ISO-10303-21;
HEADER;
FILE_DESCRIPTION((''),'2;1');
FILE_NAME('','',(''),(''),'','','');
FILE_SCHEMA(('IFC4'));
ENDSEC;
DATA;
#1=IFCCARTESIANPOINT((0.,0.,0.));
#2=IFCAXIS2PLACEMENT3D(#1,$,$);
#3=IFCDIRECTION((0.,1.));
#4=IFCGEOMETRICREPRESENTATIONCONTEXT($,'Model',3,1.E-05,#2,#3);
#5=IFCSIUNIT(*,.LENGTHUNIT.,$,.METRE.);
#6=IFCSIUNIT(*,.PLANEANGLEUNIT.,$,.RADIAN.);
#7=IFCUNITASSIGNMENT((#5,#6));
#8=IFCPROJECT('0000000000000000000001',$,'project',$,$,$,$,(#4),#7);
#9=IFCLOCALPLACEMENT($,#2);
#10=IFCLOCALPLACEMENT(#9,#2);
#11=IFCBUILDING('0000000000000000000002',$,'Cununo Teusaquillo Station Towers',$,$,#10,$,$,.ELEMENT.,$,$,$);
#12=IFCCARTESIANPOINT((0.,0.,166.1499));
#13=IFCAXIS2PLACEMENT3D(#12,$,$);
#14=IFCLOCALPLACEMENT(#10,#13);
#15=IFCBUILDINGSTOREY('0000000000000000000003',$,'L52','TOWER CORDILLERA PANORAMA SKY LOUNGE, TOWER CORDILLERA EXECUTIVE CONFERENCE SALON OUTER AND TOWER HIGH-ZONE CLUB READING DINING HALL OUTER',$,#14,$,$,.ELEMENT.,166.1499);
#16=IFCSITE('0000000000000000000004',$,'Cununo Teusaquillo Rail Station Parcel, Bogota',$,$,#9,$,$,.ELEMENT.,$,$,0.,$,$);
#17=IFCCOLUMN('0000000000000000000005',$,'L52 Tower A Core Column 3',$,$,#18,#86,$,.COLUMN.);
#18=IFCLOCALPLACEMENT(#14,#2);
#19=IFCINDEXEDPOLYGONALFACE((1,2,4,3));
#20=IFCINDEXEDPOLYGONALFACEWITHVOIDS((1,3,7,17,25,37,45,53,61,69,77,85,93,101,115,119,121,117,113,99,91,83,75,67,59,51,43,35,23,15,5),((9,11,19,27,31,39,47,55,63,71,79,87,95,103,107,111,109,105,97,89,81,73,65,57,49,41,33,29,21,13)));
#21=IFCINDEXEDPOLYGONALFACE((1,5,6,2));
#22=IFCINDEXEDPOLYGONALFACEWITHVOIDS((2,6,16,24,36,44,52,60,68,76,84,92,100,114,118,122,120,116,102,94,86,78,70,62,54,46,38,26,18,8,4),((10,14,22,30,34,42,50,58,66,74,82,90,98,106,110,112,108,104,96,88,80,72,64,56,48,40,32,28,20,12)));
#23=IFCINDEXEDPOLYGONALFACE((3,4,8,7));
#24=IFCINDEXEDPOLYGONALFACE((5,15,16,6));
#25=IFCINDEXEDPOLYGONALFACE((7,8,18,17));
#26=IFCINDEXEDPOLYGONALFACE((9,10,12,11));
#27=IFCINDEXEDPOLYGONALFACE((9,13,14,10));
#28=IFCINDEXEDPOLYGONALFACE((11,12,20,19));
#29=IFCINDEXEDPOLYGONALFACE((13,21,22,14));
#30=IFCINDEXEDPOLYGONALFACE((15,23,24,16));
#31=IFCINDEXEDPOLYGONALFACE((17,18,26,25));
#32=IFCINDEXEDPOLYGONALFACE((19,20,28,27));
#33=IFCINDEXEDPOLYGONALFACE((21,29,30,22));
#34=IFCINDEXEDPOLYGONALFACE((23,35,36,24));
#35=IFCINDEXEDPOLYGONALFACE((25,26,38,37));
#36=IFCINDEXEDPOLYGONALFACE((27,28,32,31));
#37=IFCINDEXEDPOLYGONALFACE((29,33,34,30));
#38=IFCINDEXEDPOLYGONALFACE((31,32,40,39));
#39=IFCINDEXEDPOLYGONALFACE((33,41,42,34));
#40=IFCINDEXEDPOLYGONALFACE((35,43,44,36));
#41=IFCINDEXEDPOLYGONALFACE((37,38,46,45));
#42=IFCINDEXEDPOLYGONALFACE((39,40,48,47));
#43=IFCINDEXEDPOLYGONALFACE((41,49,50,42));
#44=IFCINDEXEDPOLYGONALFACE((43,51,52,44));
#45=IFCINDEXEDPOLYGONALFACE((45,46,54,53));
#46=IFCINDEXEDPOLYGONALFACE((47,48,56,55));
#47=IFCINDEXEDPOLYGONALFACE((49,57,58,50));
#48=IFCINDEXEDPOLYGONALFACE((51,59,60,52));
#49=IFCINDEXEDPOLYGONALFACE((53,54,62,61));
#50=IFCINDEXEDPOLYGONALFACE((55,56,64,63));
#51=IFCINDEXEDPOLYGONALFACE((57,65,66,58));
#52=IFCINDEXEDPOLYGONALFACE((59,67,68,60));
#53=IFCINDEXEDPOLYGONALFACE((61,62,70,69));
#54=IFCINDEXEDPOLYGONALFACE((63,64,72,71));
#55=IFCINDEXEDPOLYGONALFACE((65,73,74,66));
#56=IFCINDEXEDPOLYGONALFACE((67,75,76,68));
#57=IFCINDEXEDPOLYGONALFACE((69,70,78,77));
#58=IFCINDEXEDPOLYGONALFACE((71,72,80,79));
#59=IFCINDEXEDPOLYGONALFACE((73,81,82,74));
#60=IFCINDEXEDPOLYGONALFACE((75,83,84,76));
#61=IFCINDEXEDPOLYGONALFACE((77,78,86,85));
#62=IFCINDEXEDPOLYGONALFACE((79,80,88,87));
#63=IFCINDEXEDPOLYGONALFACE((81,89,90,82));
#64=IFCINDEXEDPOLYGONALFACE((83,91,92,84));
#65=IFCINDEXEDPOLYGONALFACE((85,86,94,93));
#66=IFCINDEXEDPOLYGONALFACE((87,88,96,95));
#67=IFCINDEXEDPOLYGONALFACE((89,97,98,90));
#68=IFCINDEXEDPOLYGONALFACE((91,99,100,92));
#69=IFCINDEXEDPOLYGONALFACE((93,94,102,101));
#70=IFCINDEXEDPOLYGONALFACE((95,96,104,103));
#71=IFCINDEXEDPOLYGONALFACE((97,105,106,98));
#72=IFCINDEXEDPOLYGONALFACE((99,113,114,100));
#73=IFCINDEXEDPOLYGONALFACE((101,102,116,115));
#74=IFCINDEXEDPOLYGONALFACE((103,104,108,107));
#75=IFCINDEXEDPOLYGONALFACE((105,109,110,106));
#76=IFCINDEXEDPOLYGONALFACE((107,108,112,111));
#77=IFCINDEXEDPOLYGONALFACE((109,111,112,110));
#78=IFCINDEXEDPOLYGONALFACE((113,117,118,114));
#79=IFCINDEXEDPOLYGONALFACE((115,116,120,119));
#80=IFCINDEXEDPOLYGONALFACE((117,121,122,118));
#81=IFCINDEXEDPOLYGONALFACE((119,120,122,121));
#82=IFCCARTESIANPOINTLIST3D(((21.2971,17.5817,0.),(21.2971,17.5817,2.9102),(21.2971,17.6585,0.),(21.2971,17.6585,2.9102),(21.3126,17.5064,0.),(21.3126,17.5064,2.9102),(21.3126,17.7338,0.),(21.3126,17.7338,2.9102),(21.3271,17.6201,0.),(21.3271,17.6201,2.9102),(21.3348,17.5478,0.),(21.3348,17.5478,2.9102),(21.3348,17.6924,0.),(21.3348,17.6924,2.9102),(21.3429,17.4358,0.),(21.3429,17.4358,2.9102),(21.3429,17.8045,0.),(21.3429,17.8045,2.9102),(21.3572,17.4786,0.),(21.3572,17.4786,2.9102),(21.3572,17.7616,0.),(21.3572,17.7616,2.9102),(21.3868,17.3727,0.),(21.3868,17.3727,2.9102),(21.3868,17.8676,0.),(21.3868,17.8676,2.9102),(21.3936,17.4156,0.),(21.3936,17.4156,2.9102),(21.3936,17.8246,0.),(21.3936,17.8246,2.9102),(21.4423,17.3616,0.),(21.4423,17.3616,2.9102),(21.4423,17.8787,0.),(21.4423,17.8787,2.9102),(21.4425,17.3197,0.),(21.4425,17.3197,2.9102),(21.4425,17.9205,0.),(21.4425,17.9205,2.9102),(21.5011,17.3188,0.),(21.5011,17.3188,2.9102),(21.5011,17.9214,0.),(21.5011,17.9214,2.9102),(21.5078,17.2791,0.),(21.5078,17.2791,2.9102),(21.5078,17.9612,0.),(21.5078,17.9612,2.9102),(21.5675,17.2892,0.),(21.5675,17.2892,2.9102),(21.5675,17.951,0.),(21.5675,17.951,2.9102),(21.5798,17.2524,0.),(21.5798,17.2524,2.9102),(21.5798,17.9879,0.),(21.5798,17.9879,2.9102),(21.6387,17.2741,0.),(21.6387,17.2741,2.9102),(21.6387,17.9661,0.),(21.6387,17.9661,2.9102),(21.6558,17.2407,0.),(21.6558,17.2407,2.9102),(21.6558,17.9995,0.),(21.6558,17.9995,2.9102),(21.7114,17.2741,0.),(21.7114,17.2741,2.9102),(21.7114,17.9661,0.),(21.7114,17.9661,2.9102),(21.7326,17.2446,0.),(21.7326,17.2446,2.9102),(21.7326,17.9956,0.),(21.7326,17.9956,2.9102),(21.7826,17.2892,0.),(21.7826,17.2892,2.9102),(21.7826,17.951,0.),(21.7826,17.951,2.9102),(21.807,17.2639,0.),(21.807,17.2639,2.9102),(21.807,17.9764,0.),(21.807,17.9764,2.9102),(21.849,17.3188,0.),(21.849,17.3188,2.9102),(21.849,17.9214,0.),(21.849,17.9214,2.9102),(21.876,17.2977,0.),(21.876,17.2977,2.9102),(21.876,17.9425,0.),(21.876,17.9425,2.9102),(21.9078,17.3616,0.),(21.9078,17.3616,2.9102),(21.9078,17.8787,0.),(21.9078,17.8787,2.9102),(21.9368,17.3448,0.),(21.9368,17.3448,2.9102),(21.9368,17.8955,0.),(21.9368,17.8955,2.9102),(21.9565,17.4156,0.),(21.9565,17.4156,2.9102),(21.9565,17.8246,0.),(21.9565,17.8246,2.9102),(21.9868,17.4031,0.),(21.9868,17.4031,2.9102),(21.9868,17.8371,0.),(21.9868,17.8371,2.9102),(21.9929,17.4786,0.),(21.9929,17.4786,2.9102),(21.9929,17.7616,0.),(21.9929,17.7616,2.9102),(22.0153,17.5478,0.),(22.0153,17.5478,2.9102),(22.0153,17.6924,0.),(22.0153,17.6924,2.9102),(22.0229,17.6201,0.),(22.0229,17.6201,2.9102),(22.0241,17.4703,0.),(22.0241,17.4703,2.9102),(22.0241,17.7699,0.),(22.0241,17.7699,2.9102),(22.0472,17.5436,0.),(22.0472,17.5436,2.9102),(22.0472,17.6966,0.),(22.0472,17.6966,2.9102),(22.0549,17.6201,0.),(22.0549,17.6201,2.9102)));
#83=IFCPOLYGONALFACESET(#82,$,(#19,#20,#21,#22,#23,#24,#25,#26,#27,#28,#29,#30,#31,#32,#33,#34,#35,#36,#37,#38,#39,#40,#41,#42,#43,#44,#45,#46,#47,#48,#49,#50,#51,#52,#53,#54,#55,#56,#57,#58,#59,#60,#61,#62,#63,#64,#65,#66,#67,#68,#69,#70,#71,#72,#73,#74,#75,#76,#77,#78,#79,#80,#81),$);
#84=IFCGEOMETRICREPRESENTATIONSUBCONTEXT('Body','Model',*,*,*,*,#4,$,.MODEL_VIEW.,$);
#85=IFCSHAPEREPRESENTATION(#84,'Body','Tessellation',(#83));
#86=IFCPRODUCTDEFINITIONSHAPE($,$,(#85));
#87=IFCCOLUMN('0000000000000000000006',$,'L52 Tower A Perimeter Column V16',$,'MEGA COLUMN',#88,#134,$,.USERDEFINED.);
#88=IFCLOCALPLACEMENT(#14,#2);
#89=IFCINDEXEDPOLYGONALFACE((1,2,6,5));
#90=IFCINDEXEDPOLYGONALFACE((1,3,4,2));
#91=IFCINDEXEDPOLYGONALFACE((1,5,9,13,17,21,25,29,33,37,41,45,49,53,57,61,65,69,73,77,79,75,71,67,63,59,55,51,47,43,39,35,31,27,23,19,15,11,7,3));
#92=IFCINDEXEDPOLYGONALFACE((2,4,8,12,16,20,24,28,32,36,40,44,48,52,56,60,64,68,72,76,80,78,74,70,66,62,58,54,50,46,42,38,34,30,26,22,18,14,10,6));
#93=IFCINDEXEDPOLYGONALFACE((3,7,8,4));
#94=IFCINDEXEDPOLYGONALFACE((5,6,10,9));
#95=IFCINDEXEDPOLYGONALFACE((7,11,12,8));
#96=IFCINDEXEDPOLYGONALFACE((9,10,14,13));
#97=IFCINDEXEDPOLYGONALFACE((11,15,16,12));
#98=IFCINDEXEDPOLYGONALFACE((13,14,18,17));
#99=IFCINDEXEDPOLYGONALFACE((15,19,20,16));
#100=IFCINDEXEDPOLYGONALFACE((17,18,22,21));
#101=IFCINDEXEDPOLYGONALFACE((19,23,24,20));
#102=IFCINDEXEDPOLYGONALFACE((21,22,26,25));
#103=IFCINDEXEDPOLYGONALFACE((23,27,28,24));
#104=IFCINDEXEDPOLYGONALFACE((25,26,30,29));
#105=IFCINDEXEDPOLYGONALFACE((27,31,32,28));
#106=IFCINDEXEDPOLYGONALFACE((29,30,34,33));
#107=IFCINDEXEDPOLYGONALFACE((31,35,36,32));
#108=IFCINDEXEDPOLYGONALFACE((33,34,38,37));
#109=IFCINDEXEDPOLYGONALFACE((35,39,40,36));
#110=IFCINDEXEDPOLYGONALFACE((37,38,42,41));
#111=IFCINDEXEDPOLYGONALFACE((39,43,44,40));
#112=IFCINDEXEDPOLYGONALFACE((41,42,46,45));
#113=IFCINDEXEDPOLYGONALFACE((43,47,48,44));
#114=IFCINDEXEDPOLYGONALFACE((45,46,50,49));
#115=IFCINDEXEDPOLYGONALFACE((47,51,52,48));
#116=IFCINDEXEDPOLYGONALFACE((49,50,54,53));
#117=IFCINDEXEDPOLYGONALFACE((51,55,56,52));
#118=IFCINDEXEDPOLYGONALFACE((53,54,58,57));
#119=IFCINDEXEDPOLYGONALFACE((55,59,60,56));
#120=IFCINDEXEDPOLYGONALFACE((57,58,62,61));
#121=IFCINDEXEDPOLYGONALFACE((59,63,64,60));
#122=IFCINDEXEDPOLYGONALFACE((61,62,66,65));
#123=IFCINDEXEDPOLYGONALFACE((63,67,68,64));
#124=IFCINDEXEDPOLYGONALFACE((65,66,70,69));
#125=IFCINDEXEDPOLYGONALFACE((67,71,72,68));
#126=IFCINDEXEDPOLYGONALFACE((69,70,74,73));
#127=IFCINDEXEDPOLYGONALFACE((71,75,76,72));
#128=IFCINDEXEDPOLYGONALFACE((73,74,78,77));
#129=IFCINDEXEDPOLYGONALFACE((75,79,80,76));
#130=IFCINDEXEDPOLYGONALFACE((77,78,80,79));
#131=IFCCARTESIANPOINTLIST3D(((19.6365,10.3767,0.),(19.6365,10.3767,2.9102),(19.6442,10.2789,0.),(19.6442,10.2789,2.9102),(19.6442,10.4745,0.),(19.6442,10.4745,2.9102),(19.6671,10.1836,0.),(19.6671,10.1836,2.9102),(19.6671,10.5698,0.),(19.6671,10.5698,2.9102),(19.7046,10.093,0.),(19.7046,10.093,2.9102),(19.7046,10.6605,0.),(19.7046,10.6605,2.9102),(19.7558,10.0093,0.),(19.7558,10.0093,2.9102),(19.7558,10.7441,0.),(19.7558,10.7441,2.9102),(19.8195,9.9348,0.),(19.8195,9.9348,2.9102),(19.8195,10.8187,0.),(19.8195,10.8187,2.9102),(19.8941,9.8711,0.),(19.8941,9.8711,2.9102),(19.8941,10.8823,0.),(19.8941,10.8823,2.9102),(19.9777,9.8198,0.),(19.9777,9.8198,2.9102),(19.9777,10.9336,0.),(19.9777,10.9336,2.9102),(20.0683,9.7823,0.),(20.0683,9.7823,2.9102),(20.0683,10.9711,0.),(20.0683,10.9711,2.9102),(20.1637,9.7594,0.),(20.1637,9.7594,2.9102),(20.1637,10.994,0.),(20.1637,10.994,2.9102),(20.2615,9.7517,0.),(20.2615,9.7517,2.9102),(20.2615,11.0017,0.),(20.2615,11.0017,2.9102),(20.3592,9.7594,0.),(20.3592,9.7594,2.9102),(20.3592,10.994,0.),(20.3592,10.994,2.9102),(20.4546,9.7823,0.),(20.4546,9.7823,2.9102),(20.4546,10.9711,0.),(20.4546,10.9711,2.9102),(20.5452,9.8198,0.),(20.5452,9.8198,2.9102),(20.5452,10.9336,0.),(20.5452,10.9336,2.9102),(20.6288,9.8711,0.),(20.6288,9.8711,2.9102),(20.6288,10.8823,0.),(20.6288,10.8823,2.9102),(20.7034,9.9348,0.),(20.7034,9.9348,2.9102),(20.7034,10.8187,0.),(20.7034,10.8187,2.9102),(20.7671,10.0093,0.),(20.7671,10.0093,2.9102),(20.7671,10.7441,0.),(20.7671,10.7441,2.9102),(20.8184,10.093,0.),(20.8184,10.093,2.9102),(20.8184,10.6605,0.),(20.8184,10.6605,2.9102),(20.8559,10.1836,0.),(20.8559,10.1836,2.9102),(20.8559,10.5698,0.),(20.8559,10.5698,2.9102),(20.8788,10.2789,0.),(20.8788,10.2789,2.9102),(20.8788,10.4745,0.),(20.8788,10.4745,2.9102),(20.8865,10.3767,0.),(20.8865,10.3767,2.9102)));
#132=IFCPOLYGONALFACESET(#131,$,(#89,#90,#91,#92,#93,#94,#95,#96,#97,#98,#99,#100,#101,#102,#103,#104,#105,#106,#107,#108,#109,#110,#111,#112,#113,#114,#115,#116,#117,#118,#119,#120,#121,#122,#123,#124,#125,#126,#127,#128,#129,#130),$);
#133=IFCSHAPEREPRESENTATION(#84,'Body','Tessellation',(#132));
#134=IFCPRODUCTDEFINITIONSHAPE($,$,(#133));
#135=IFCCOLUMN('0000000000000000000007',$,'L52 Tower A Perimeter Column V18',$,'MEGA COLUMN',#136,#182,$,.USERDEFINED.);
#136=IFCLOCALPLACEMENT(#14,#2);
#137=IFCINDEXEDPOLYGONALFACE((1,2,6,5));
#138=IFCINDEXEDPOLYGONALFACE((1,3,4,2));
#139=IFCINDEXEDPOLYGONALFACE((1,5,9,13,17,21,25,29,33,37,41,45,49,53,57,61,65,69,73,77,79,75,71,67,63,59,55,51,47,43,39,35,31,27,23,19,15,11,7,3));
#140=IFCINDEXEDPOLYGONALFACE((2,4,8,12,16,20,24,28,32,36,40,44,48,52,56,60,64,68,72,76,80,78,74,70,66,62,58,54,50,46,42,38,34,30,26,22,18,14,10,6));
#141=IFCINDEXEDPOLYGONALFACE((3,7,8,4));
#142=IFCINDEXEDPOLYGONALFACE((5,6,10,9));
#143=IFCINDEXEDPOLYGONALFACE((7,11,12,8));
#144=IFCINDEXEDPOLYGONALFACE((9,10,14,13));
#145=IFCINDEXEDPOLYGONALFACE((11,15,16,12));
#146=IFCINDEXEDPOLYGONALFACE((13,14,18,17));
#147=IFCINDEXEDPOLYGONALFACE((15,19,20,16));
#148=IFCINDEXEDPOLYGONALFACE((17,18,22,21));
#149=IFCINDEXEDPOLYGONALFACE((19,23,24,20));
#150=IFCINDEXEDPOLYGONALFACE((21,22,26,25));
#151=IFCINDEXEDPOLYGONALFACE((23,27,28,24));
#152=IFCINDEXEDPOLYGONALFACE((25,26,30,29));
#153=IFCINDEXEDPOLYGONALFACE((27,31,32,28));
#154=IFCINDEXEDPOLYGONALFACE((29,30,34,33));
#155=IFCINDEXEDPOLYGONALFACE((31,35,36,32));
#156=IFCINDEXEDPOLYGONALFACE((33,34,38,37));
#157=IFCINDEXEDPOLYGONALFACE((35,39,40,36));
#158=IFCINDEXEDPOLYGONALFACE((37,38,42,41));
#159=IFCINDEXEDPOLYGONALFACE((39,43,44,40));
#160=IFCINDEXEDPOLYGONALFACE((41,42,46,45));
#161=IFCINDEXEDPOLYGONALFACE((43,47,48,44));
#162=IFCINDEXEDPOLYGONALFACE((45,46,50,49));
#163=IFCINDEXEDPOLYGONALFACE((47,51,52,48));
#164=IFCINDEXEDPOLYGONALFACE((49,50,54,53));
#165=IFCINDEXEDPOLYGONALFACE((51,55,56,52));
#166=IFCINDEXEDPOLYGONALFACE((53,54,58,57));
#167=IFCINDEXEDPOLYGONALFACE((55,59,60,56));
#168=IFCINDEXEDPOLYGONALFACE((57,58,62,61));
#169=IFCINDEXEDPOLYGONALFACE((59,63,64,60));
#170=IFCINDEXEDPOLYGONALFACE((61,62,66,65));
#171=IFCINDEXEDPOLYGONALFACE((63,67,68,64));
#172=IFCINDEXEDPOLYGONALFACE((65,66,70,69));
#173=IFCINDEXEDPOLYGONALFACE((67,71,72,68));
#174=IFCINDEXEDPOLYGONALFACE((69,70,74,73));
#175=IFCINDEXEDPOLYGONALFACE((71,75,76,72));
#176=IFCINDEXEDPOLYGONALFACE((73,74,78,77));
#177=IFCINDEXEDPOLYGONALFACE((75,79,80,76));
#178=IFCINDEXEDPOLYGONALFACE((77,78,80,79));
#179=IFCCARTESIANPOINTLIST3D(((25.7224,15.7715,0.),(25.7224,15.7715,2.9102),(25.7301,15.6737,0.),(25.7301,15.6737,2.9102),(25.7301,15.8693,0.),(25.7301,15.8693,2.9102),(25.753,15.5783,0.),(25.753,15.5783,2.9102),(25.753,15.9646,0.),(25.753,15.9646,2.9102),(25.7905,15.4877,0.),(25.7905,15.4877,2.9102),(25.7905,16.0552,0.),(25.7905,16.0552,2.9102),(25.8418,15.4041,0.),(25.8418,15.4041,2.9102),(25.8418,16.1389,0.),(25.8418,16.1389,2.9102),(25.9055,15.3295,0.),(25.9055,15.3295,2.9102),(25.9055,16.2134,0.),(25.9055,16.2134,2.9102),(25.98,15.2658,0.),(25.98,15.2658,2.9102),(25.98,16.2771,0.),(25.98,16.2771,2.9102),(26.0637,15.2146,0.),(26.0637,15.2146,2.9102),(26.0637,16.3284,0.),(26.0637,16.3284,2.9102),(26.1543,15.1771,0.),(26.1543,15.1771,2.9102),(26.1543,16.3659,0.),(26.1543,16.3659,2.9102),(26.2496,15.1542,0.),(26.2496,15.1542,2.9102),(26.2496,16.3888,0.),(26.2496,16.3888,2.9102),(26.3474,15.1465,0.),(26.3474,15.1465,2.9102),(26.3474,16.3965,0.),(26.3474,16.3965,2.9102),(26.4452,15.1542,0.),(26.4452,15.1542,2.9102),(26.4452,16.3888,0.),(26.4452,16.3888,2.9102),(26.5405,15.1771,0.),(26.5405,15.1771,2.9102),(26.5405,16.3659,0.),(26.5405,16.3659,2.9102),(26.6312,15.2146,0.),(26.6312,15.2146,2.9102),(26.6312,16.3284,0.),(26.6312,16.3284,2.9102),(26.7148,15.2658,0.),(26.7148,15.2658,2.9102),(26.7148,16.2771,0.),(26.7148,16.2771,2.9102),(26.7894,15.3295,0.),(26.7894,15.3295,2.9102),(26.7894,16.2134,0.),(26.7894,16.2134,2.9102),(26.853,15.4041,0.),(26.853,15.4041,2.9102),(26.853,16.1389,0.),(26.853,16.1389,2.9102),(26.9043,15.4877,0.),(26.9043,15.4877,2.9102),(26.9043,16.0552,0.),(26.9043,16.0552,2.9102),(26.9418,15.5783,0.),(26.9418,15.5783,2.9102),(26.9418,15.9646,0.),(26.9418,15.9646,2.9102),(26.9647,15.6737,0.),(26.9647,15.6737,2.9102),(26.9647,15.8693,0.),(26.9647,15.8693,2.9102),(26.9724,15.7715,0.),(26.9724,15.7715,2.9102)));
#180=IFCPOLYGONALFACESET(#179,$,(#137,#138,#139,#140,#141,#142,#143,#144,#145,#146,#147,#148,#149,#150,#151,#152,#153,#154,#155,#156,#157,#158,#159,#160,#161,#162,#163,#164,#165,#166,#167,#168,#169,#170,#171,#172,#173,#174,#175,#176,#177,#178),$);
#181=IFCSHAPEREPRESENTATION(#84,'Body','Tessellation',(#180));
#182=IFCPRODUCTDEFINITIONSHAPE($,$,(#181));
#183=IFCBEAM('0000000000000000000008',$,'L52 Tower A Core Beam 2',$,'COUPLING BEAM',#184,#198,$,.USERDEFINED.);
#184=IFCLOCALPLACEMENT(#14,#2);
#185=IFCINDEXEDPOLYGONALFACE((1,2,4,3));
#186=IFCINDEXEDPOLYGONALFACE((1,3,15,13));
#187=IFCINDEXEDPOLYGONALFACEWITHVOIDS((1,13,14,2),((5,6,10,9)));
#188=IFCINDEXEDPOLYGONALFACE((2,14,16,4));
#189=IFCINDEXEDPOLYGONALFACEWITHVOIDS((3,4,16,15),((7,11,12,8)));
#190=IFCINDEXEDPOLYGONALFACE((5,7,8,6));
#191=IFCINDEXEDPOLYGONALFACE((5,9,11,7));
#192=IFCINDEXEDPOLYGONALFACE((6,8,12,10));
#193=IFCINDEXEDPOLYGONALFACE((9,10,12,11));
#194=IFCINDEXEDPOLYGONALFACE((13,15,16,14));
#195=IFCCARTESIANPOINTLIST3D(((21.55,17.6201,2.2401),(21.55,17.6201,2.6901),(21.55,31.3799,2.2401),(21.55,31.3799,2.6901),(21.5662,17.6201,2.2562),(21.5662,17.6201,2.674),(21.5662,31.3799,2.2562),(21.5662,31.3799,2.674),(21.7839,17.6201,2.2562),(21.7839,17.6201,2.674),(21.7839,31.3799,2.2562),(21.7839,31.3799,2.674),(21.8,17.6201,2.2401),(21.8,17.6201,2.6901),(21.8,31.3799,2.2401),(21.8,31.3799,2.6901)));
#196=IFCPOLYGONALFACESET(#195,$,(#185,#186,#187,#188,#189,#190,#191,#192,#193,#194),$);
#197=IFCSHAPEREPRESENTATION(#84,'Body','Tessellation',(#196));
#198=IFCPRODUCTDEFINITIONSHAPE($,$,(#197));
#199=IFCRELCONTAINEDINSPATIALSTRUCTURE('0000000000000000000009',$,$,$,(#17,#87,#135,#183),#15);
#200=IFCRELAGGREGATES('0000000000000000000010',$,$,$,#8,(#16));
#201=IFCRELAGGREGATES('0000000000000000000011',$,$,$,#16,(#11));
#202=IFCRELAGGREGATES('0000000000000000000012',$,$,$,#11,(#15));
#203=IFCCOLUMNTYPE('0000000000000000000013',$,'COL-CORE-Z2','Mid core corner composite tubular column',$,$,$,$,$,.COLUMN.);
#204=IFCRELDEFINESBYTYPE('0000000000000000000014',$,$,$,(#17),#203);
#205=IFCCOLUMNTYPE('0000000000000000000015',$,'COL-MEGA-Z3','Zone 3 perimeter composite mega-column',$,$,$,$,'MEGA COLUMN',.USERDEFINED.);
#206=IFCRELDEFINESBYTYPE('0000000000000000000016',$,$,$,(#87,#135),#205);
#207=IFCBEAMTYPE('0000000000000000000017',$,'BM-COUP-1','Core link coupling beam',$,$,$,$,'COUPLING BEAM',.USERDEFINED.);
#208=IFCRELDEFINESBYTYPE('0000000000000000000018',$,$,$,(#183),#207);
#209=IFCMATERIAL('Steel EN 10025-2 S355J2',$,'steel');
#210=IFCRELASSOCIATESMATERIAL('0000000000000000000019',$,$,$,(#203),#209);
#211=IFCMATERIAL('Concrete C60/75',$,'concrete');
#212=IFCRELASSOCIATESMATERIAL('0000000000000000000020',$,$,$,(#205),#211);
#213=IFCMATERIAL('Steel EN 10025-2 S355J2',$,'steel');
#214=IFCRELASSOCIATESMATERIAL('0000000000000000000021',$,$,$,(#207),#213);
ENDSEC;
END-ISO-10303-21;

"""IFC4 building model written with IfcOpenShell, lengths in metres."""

from ifc_helpers import new_model, si_unit, direction, frame, origin, origin_2d, place, context, subcontext, project, spatial, hollow_rectangle, circle, hollow_circle, extrude, material, material_profile, profile_set, type_object, element, save


model = new_model("IFC4")

# Units and contexts
model_context = context("Model", 3, precision=1e-05, world=origin(), true_north=direction((0.0, 1.0)))
body_context = subcontext(model_context, "Body", "Model", "MODEL_VIEW")
ifc_project = project(units=[si_unit("LENGTHUNIT", "METRE"), si_unit("PLANEANGLEUNIT", "RADIAN")], contexts=[model_context])

# Site, building, storey
site_placement = place(None, origin())
site = spatial("IfcSite", under=ifc_project, at=site_placement, Name="Cununo Teusaquillo Rail Station Parcel, Bogota", CompositionType="ELEMENT", RefElevation=0.0)
building_placement = place(site_placement, origin())
building = spatial("IfcBuilding", under=site, at=building_placement, Name="Cununo Teusaquillo Station Towers", CompositionType="ELEMENT")
storey_placement = place(building_placement, frame((0.0, 0.0, 166.1499)))
storey = spatial("IfcBuildingStorey", under=building, at=storey_placement, Name="L52", Description="TOWER CORDILLERA PANORAMA SKY LOUNGE, TOWER CORDILLERA EXECUTIVE CONFERENCE SALON OUTER AND TOWER HIGH-ZONE CLUB READING DINING HALL OUTER", CompositionType="ELEMENT", Elevation=166.1499)

# Columns
ifc_material_1 = material(Name="Steel EN 10025-2 S355J2", Category="steel")
ifc_material_profile_1 = material_profile(ifc_material_1, hollow_circle(Radius=0.3799, WallThickness=0.032, at=origin_2d()), Name="CHS 760x32")
ifc_profile_set_1 = profile_set([ifc_material_profile_1], Name="Steel EN 10025-2 S355J2")
column_type_1 = type_object("IfcColumnType", Name="COL-CORE-Z2", Description="Mid core corner composite tubular column", PredefinedType="COLUMN", material=ifc_profile_set_1)
column_placement = place(storey_placement, frame((21.675, 17.6201, 0.0), z_axis=(0.0, 0.0, 1.0), x_axis=(1.0, 0.0, 0.0)))
element("IfcColumn", 1, at=column_placement, inside=storey, type_object=column_type_1, Name="L52 Tower A Core Column 3", PredefinedType="COLUMN", context=body_context, shape_type="SweptSolid", body=[
    extrude(hollow_circle(Radius=0.3799, WallThickness=0.032, at=origin_2d()), origin(), (0.0, 0.0, 1.0), 2.9102),
])
ifc_material_2 = material(Name="Concrete C60/75", Category="concrete")
ifc_material_profile_2 = material_profile(ifc_material_2, circle(Radius=0.625, at=origin_2d()), Name="RC-CIRC-1250")
ifc_profile_set_2 = profile_set([ifc_material_profile_2], Name="Concrete C60/75")
column_type_2 = type_object("IfcColumnType", Name="COL-MEGA-Z3", Description="Zone 3 perimeter composite mega-column", ElementType="MEGA COLUMN", PredefinedType="USERDEFINED", material=ifc_profile_set_2)
for number, where, z_axis, x_axis, name in (
    (2, (20.2615, 10.3767, 0.0), (0.0, 0.0, 1.0), (1.0, 0.0, 0.0), "L52 Tower A Perimeter Column V16"),
    (3, (26.3474, 15.7715, 0.0), (0.0, 0.0, 1.0), (1.0, 0.0, 0.0), "L52 Tower A Perimeter Column V18"),
):
    element("IfcColumn", number, at=place(storey_placement, frame(where, z_axis=z_axis, x_axis=x_axis)), inside=storey, type_object=column_type_2, Name=name, ObjectType="MEGA COLUMN", PredefinedType="USERDEFINED", context=body_context, shape_type="SweptSolid", body=[
        extrude(circle(Radius=0.625, at=origin_2d()), origin(), (0.0, 0.0, 1.0), 2.9102),
    ])

# Beam
ifc_material_3 = material(Name="Steel EN 10025-2 S355J2", Category="steel")
ifc_material_profile_3 = material_profile(ifc_material_3, hollow_rectangle(XDim=0.25, YDim=0.45, WallThickness=0.0161, at=origin_2d()), Name="RHS 450x250x16")
ifc_profile_set_3 = profile_set([ifc_material_profile_3], Name="Steel EN 10025-2 S355J2")
beam_type_1 = type_object("IfcBeamType", Name="BM-COUP-1", Description="Core link coupling beam", ElementType="COUPLING BEAM", PredefinedType="USERDEFINED", material=ifc_profile_set_3)
beam_1_placement = place(storey_placement, frame((21.675, 17.6201, 2.4651), z_axis=(0.0, 1.0, 0.0), x_axis=(-1.0, 0.0, 0.0)))
element("IfcBeam", 4, at=beam_1_placement, inside=storey, type_object=beam_type_1, Name="L52 Tower A Core Beam 2", ObjectType="COUPLING BEAM", PredefinedType="USERDEFINED", context=body_context, shape_type="SweptSolid", body=[
    extrude(hollow_rectangle(XDim=0.25, YDim=0.45, WallThickness=0.0161, at=origin_2d()), origin(), (0.0, 0.0, 1.0), 13.7598),
])

save(model, "model.ifc")
